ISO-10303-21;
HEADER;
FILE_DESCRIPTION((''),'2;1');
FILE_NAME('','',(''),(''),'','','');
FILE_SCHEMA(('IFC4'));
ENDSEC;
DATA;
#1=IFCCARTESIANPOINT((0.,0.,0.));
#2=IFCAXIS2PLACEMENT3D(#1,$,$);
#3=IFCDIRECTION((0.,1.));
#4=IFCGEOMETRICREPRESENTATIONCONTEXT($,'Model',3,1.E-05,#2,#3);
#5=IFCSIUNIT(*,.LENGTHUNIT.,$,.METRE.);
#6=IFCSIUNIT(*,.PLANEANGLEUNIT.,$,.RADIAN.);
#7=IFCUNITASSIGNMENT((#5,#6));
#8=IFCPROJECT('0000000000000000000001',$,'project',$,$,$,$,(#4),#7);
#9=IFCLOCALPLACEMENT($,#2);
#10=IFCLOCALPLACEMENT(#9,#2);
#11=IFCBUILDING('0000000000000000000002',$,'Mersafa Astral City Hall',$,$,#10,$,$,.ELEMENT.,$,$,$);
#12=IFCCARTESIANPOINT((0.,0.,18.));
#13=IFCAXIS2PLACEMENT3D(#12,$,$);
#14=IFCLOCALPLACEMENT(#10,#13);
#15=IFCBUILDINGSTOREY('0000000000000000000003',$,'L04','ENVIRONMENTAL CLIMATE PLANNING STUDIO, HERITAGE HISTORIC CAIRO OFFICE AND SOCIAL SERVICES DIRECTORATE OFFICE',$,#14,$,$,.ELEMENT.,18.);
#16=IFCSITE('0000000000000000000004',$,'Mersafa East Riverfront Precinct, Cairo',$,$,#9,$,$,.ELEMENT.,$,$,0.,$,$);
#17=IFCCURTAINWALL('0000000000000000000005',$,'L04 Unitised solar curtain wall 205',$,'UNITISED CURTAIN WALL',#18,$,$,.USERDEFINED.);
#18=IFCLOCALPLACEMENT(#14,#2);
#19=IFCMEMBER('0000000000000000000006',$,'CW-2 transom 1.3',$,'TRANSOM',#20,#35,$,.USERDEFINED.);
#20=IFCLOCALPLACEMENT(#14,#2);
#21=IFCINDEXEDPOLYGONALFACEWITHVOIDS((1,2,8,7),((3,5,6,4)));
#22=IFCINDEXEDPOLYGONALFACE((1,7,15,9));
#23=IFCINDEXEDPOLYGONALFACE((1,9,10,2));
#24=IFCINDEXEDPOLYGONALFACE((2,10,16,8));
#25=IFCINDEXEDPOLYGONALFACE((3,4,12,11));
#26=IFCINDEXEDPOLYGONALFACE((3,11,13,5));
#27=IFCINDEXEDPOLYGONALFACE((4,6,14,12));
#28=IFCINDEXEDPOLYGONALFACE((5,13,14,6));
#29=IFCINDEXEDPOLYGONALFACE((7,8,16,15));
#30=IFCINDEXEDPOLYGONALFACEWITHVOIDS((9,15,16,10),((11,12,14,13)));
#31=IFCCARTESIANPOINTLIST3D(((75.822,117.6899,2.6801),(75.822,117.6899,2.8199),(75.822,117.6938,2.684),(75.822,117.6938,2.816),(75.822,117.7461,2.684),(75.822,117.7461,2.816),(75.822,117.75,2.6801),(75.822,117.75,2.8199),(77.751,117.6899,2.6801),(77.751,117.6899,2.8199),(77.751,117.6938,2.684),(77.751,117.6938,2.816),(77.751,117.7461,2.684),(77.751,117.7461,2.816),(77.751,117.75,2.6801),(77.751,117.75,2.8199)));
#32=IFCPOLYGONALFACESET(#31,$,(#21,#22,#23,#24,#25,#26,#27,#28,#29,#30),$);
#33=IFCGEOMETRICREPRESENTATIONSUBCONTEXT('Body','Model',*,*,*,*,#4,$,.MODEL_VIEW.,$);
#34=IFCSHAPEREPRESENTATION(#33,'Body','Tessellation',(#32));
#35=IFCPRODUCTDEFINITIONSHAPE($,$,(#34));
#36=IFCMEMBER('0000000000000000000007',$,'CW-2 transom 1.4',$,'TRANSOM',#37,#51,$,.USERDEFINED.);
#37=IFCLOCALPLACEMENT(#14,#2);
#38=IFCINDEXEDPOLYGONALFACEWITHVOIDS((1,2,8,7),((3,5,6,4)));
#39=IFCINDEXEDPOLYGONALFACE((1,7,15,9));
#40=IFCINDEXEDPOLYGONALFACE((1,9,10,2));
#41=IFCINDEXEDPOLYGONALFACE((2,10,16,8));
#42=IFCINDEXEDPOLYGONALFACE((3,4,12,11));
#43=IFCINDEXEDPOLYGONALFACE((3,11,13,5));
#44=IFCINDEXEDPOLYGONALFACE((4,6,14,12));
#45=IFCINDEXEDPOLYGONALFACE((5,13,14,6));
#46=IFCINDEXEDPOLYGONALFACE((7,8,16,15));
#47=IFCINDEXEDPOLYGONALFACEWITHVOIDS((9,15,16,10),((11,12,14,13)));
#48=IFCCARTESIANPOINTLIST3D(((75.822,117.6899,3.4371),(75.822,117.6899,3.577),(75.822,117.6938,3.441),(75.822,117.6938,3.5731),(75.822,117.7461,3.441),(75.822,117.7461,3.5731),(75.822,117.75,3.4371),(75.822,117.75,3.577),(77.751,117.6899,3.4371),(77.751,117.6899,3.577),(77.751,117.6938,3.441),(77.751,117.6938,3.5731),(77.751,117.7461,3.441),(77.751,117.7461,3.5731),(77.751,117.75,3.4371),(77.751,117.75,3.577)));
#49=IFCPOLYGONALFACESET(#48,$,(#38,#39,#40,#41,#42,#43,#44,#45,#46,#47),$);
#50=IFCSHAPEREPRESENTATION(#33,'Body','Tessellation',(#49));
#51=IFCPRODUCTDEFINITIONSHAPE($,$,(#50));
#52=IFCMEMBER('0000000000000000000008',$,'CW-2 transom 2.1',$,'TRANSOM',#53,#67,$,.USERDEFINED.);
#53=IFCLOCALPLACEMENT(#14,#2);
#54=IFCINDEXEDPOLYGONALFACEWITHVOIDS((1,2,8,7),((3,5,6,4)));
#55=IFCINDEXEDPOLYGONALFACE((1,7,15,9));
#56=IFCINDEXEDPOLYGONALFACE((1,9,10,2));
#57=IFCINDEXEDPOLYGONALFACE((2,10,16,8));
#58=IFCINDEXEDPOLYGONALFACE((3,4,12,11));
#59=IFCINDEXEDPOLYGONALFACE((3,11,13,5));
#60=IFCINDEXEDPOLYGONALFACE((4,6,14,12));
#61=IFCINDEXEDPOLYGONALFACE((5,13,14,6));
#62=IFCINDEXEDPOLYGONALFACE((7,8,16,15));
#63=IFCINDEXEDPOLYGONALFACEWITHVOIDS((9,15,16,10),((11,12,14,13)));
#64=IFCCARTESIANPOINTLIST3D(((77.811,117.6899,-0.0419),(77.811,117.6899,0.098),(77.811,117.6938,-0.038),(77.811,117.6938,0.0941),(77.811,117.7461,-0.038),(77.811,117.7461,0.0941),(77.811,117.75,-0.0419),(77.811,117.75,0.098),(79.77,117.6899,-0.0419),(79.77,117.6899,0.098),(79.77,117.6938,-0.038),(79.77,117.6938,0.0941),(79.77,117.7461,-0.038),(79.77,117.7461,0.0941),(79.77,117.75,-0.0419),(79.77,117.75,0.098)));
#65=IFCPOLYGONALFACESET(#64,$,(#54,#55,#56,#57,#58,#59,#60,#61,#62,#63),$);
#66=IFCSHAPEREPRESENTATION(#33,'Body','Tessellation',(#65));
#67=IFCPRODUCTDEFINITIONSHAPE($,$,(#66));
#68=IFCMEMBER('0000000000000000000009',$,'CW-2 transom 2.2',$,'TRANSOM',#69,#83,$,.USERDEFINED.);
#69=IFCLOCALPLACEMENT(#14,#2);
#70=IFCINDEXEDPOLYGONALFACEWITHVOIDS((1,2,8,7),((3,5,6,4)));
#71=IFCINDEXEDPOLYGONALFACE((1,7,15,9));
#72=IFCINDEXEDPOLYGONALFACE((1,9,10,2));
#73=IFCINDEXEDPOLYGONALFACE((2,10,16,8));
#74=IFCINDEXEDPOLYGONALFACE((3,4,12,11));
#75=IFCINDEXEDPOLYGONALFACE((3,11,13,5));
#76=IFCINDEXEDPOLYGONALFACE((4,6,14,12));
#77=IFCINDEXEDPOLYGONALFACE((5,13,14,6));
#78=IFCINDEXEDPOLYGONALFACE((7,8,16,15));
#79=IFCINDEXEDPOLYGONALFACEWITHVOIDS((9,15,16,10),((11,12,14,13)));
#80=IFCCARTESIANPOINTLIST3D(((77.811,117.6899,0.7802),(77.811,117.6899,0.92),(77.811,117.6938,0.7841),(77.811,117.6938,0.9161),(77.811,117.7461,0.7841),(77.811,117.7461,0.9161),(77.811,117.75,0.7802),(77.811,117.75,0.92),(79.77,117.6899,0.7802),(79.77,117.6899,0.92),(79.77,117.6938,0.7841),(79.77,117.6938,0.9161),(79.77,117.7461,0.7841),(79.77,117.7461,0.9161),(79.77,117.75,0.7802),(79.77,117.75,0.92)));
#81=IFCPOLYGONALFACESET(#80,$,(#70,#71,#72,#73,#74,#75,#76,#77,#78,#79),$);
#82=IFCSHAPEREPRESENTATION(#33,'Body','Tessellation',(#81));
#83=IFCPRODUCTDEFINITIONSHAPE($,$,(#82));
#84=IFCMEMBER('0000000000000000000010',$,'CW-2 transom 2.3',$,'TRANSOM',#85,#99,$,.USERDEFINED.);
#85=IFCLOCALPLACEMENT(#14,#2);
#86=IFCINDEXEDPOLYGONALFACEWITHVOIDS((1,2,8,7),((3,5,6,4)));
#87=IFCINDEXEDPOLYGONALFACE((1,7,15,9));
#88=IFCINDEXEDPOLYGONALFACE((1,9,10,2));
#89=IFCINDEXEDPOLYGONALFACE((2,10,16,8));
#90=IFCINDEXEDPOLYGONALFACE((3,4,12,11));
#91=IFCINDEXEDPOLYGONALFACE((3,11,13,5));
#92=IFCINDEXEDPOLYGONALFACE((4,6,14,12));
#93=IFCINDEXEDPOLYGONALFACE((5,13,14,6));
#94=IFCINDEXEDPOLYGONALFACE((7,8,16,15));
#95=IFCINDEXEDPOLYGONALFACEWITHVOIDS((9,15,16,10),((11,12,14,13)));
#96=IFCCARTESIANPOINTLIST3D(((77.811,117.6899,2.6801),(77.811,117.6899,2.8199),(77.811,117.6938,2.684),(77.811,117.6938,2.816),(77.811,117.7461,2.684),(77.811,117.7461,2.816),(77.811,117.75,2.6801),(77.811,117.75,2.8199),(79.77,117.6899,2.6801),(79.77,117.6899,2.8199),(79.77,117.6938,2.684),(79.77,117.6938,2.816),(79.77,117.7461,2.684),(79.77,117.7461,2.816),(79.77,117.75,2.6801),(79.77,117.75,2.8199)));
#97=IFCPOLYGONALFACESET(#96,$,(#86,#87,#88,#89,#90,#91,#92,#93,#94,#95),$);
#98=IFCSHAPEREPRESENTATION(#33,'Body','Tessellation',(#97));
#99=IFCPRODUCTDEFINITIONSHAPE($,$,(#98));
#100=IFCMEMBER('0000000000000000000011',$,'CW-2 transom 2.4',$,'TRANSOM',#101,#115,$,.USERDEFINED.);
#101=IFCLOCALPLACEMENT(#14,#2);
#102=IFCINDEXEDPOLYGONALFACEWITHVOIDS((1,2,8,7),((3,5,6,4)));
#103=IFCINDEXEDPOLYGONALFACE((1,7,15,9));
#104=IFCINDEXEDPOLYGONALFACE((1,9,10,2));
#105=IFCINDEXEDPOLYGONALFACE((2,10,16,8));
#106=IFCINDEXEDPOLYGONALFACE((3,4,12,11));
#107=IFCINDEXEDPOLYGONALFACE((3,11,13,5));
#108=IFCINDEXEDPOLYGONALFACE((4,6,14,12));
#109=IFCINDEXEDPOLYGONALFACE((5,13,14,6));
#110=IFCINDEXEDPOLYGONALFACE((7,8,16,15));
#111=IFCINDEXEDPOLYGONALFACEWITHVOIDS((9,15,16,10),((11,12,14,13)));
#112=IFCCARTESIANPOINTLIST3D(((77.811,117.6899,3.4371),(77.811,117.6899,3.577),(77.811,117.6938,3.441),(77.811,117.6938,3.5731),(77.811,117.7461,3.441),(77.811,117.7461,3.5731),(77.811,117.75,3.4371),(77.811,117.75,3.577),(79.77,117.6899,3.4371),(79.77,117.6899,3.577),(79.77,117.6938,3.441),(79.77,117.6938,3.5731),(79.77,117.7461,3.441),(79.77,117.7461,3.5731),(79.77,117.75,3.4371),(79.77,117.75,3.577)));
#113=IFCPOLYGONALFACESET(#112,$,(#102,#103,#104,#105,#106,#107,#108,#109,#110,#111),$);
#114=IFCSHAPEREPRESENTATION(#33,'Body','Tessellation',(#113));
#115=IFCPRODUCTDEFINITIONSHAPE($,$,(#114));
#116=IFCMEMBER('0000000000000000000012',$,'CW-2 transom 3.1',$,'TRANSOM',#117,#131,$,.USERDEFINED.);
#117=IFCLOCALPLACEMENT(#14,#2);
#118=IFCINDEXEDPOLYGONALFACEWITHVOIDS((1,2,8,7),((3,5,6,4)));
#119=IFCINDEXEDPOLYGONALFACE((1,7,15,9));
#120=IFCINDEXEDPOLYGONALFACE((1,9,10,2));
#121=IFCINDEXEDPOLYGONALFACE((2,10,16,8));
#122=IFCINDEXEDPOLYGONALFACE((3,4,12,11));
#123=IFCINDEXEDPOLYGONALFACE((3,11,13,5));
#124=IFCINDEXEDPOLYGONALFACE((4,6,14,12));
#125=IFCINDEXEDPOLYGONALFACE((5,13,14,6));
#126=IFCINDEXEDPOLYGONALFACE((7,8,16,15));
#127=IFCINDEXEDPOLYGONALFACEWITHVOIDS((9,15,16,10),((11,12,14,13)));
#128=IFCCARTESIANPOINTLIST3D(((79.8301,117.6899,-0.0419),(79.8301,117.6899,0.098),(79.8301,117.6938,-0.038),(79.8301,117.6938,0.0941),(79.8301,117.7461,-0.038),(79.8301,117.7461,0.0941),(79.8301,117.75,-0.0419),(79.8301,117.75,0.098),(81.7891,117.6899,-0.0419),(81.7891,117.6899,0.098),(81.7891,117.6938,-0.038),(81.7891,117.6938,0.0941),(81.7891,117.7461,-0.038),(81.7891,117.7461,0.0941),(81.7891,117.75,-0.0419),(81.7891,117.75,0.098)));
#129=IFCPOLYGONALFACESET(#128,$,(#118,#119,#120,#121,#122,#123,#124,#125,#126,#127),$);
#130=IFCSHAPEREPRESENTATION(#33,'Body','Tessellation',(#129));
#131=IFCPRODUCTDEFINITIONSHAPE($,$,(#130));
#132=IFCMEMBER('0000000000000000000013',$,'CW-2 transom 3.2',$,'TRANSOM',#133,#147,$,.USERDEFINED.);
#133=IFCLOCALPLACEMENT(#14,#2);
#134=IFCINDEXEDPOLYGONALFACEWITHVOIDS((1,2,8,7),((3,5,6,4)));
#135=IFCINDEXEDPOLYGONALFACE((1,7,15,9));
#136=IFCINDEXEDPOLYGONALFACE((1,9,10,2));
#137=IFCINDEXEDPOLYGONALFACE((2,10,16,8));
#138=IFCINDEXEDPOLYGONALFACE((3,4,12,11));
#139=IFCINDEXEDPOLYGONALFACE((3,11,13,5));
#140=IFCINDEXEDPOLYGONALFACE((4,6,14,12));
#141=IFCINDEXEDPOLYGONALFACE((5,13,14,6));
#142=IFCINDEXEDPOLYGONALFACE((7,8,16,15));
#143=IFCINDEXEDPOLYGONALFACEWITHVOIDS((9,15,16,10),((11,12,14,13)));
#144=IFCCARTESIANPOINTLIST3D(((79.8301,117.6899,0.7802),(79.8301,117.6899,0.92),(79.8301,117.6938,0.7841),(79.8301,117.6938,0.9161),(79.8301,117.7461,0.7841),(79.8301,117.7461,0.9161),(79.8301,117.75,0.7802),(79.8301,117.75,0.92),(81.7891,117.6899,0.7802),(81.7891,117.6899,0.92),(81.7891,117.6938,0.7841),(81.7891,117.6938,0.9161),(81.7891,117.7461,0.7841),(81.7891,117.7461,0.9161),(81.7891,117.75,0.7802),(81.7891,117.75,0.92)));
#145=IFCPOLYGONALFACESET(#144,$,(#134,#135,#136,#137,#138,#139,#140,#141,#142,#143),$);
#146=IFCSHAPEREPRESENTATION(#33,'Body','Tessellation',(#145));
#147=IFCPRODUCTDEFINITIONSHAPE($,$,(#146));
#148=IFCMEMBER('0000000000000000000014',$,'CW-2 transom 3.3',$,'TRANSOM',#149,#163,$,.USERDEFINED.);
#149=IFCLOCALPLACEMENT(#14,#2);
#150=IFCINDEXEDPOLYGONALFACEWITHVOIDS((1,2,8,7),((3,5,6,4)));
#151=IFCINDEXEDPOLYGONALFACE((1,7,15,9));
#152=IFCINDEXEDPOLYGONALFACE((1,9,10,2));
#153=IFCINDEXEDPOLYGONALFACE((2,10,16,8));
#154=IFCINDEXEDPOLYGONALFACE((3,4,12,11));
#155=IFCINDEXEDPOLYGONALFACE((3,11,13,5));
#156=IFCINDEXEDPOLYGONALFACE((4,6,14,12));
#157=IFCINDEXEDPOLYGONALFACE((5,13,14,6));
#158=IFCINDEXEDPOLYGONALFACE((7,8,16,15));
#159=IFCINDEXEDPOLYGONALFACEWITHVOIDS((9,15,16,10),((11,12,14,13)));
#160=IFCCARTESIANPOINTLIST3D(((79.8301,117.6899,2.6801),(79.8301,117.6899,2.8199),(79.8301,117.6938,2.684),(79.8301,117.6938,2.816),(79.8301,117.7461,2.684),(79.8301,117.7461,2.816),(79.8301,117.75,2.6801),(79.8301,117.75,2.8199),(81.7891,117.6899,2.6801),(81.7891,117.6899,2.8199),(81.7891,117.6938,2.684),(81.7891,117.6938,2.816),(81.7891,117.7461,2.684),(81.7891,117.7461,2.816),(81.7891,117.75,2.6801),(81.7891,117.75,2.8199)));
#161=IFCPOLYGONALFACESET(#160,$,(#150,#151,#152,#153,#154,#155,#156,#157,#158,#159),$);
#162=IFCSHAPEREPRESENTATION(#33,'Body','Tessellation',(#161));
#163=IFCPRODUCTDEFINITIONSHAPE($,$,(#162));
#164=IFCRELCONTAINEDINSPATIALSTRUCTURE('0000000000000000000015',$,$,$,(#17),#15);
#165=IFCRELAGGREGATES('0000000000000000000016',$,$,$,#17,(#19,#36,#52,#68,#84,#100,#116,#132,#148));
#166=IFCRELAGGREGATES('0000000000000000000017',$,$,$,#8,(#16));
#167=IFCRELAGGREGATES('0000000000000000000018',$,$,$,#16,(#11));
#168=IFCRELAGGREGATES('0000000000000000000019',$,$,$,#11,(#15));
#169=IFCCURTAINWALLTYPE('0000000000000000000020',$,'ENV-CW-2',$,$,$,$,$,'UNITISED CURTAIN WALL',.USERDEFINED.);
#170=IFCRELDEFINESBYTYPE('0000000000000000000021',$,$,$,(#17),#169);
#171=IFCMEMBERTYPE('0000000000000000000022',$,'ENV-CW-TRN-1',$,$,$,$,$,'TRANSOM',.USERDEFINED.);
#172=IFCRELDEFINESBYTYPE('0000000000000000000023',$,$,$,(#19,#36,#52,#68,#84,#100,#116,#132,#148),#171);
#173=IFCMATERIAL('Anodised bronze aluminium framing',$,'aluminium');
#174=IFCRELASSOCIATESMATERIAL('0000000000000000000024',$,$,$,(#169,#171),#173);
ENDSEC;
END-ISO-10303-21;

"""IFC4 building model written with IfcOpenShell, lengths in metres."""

from ifc_helpers import new_model, si_unit, direction, frame, origin, origin_2d, place, context, subcontext, project, spatial, hollow_rectangle, extrude, material, material_profile, profile_set, type_object, element, aggregate, save


model = new_model("IFC4")

# Units and contexts
model_context = context("Model", 3, precision=1e-05, world=origin(), true_north=direction((0.0, 1.0)))
body_context = subcontext(model_context, "Body", "Model", "MODEL_VIEW")
ifc_project = project(units=[si_unit("LENGTHUNIT", "METRE"), si_unit("PLANEANGLEUNIT", "RADIAN")], contexts=[model_context])

# Site, building, storey
site_placement = place(None, origin())
site = spatial("IfcSite", under=ifc_project, at=site_placement, Name="Mersafa East Riverfront Precinct, Cairo", CompositionType="ELEMENT", RefElevation=0.0)
building_placement = place(site_placement, origin())
building = spatial("IfcBuilding", under=site, at=building_placement, Name="Mersafa Astral City Hall", CompositionType="ELEMENT")
storey_placement = place(building_placement, frame((0.0, 0.0, 18.0)))
storey = spatial("IfcBuildingStorey", under=building, at=storey_placement, Name="L04", Description="ENVIRONMENTAL CLIMATE PLANNING STUDIO, HERITAGE HISTORIC CAIRO OFFICE AND SOCIAL SERVICES DIRECTORATE OFFICE", CompositionType="ELEMENT", Elevation=18.0)

# Curtain wall, members
ifc_material_1 = material(Name="Anodised bronze aluminium framing", Category="aluminium")
curtain_wall_type = type_object("IfcCurtainWallType", Name="ENV-CW-2", ElementType="UNITISED CURTAIN WALL", PredefinedType="USERDEFINED", material=ifc_material_1)
curtain_wall_placement = place(storey_placement, origin())
curtain_wall = element("IfcCurtainWall", 1, at=curtain_wall_placement, inside=storey, type_object=curtain_wall_type, Name="L04 Unitised solar curtain wall 205", ObjectType="UNITISED CURTAIN WALL", PredefinedType="USERDEFINED")
ifc_material_profile_1 = material_profile(ifc_material_1, hollow_rectangle(XDim=0.0601, YDim=0.1399, WallThickness=0.0039, at=origin_2d()), Name="RHS 60x140x4")
ifc_profile_set_1 = profile_set([ifc_material_profile_1], Name="Anodised bronze aluminium framing")
member_type_1 = type_object("IfcMemberType", Name="ENV-CW-TRN-1", ElementType="TRANSOM", PredefinedType="USERDEFINED", material=ifc_profile_set_1)
member_1_placement = place(storey_placement, frame((75.822, 117.72, 2.75), z_axis=(1.0, 0.0, 0.0), x_axis=(0.0, 1.0, 0.0)))
member_1 = element("IfcMember", 2, at=member_1_placement, type_object=member_type_1, Name="CW-2 transom 1.3", ObjectType="TRANSOM", PredefinedType="USERDEFINED", context=body_context, shape_type="SweptSolid", body=[
    extrude(hollow_rectangle(XDim=0.0601, YDim=0.1399, WallThickness=0.0039, at=origin_2d()), origin(), (0.0, 0.0, 1.0), 1.929),
])
member_2_placement = place(storey_placement, frame((75.822, 117.72, 3.5071), z_axis=(1.0, 0.0, 0.0), x_axis=(0.0, 1.0, 0.0)))
member_2 = element("IfcMember", 3, at=member_2_placement, type_object=member_type_1, Name="CW-2 transom 1.4", ObjectType="TRANSOM", PredefinedType="USERDEFINED", context=body_context, shape_type="SweptSolid", body=[
    extrude(hollow_rectangle(XDim=0.0601, YDim=0.1399, WallThickness=0.0039, at=origin_2d()), origin(), (0.0, 0.0, 1.0), 1.929),
])
member_3_placement = place(storey_placement, frame((77.811, 117.72, 0.0281), z_axis=(1.0, 0.0, 0.0), x_axis=(0.0, 1.0, 0.0)))
member_3 = element("IfcMember", 4, at=member_3_placement, type_object=member_type_1, Name="CW-2 transom 2.1", ObjectType="TRANSOM", PredefinedType="USERDEFINED", context=body_context, shape_type="SweptSolid", body=[
    extrude(hollow_rectangle(XDim=0.0601, YDim=0.1399, WallThickness=0.0039, at=origin_2d()), origin(), (0.0, 0.0, 1.0), 1.959),
])
member_4_placement = place(storey_placement, frame((77.811, 117.72, 0.8501), z_axis=(1.0, 0.0, 0.0), x_axis=(0.0, 1.0, 0.0)))
member_4 = element("IfcMember", 5, at=member_4_placement, type_object=member_type_1, Name="CW-2 transom 2.2", ObjectType="TRANSOM", PredefinedType="USERDEFINED", context=body_context, shape_type="SweptSolid", body=[
    extrude(hollow_rectangle(XDim=0.0601, YDim=0.1399, WallThickness=0.0039, at=origin_2d()), origin(), (0.0, 0.0, 1.0), 1.959),
])
member_5_placement = place(storey_placement, frame((77.811, 117.72, 2.75), z_axis=(1.0, 0.0, 0.0), x_axis=(0.0, 1.0, 0.0)))
member_5 = element("IfcMember", 6, at=member_5_placement, type_object=member_type_1, Name="CW-2 transom 2.3", ObjectType="TRANSOM", PredefinedType="USERDEFINED", context=body_context, shape_type="SweptSolid", body=[
    extrude(hollow_rectangle(XDim=0.0601, YDim=0.1399, WallThickness=0.0039, at=origin_2d()), origin(), (0.0, 0.0, 1.0), 1.959),
])
member_6_placement = place(storey_placement, frame((77.811, 117.72, 3.5071), z_axis=(1.0, 0.0, 0.0), x_axis=(0.0, 1.0, 0.0)))
member_6 = element("IfcMember", 7, at=member_6_placement, type_object=member_type_1, Name="CW-2 transom 2.4", ObjectType="TRANSOM", PredefinedType="USERDEFINED", context=body_context, shape_type="SweptSolid", body=[
    extrude(hollow_rectangle(XDim=0.0601, YDim=0.1399, WallThickness=0.0039, at=origin_2d()), origin(), (0.0, 0.0, 1.0), 1.959),
])
member_7_placement = place(storey_placement, frame((79.8301, 117.72, 0.0281), z_axis=(1.0, 0.0, 0.0), x_axis=(0.0, 1.0, 0.0)))
member_7 = element("IfcMember", 8, at=member_7_placement, type_object=member_type_1, Name="CW-2 transom 3.1", ObjectType="TRANSOM", PredefinedType="USERDEFINED", context=body_context, shape_type="SweptSolid", body=[
    extrude(hollow_rectangle(XDim=0.0601, YDim=0.1399, WallThickness=0.0039, at=origin_2d()), origin(), (0.0, 0.0, 1.0), 1.959),
])
member_8_placement = place(storey_placement, frame((79.8301, 117.72, 0.8501), z_axis=(1.0, 0.0, 0.0), x_axis=(0.0, 1.0, 0.0)))
member_8 = element("IfcMember", 9, at=member_8_placement, type_object=member_type_1, Name="CW-2 transom 3.2", ObjectType="TRANSOM", PredefinedType="USERDEFINED", context=body_context, shape_type="SweptSolid", body=[
    extrude(hollow_rectangle(XDim=0.0601, YDim=0.1399, WallThickness=0.0039, at=origin_2d()), origin(), (0.0, 0.0, 1.0), 1.959),
])
member_9_placement = place(storey_placement, frame((79.8301, 117.72, 2.75), z_axis=(1.0, 0.0, 0.0), x_axis=(0.0, 1.0, 0.0)))
member_9 = element("IfcMember", 10, at=member_9_placement, type_object=member_type_1, Name="CW-2 transom 3.3", ObjectType="TRANSOM", PredefinedType="USERDEFINED", context=body_context, shape_type="SweptSolid", body=[
    extrude(hollow_rectangle(XDim=0.0601, YDim=0.1399, WallThickness=0.0039, at=origin_2d()), origin(), (0.0, 0.0, 1.0), 1.959),
])

aggregate(curtain_wall, [member_1, member_2, member_3, member_4, member_5, member_6, member_7, member_8, member_9])

save(model, "model.ifc")
